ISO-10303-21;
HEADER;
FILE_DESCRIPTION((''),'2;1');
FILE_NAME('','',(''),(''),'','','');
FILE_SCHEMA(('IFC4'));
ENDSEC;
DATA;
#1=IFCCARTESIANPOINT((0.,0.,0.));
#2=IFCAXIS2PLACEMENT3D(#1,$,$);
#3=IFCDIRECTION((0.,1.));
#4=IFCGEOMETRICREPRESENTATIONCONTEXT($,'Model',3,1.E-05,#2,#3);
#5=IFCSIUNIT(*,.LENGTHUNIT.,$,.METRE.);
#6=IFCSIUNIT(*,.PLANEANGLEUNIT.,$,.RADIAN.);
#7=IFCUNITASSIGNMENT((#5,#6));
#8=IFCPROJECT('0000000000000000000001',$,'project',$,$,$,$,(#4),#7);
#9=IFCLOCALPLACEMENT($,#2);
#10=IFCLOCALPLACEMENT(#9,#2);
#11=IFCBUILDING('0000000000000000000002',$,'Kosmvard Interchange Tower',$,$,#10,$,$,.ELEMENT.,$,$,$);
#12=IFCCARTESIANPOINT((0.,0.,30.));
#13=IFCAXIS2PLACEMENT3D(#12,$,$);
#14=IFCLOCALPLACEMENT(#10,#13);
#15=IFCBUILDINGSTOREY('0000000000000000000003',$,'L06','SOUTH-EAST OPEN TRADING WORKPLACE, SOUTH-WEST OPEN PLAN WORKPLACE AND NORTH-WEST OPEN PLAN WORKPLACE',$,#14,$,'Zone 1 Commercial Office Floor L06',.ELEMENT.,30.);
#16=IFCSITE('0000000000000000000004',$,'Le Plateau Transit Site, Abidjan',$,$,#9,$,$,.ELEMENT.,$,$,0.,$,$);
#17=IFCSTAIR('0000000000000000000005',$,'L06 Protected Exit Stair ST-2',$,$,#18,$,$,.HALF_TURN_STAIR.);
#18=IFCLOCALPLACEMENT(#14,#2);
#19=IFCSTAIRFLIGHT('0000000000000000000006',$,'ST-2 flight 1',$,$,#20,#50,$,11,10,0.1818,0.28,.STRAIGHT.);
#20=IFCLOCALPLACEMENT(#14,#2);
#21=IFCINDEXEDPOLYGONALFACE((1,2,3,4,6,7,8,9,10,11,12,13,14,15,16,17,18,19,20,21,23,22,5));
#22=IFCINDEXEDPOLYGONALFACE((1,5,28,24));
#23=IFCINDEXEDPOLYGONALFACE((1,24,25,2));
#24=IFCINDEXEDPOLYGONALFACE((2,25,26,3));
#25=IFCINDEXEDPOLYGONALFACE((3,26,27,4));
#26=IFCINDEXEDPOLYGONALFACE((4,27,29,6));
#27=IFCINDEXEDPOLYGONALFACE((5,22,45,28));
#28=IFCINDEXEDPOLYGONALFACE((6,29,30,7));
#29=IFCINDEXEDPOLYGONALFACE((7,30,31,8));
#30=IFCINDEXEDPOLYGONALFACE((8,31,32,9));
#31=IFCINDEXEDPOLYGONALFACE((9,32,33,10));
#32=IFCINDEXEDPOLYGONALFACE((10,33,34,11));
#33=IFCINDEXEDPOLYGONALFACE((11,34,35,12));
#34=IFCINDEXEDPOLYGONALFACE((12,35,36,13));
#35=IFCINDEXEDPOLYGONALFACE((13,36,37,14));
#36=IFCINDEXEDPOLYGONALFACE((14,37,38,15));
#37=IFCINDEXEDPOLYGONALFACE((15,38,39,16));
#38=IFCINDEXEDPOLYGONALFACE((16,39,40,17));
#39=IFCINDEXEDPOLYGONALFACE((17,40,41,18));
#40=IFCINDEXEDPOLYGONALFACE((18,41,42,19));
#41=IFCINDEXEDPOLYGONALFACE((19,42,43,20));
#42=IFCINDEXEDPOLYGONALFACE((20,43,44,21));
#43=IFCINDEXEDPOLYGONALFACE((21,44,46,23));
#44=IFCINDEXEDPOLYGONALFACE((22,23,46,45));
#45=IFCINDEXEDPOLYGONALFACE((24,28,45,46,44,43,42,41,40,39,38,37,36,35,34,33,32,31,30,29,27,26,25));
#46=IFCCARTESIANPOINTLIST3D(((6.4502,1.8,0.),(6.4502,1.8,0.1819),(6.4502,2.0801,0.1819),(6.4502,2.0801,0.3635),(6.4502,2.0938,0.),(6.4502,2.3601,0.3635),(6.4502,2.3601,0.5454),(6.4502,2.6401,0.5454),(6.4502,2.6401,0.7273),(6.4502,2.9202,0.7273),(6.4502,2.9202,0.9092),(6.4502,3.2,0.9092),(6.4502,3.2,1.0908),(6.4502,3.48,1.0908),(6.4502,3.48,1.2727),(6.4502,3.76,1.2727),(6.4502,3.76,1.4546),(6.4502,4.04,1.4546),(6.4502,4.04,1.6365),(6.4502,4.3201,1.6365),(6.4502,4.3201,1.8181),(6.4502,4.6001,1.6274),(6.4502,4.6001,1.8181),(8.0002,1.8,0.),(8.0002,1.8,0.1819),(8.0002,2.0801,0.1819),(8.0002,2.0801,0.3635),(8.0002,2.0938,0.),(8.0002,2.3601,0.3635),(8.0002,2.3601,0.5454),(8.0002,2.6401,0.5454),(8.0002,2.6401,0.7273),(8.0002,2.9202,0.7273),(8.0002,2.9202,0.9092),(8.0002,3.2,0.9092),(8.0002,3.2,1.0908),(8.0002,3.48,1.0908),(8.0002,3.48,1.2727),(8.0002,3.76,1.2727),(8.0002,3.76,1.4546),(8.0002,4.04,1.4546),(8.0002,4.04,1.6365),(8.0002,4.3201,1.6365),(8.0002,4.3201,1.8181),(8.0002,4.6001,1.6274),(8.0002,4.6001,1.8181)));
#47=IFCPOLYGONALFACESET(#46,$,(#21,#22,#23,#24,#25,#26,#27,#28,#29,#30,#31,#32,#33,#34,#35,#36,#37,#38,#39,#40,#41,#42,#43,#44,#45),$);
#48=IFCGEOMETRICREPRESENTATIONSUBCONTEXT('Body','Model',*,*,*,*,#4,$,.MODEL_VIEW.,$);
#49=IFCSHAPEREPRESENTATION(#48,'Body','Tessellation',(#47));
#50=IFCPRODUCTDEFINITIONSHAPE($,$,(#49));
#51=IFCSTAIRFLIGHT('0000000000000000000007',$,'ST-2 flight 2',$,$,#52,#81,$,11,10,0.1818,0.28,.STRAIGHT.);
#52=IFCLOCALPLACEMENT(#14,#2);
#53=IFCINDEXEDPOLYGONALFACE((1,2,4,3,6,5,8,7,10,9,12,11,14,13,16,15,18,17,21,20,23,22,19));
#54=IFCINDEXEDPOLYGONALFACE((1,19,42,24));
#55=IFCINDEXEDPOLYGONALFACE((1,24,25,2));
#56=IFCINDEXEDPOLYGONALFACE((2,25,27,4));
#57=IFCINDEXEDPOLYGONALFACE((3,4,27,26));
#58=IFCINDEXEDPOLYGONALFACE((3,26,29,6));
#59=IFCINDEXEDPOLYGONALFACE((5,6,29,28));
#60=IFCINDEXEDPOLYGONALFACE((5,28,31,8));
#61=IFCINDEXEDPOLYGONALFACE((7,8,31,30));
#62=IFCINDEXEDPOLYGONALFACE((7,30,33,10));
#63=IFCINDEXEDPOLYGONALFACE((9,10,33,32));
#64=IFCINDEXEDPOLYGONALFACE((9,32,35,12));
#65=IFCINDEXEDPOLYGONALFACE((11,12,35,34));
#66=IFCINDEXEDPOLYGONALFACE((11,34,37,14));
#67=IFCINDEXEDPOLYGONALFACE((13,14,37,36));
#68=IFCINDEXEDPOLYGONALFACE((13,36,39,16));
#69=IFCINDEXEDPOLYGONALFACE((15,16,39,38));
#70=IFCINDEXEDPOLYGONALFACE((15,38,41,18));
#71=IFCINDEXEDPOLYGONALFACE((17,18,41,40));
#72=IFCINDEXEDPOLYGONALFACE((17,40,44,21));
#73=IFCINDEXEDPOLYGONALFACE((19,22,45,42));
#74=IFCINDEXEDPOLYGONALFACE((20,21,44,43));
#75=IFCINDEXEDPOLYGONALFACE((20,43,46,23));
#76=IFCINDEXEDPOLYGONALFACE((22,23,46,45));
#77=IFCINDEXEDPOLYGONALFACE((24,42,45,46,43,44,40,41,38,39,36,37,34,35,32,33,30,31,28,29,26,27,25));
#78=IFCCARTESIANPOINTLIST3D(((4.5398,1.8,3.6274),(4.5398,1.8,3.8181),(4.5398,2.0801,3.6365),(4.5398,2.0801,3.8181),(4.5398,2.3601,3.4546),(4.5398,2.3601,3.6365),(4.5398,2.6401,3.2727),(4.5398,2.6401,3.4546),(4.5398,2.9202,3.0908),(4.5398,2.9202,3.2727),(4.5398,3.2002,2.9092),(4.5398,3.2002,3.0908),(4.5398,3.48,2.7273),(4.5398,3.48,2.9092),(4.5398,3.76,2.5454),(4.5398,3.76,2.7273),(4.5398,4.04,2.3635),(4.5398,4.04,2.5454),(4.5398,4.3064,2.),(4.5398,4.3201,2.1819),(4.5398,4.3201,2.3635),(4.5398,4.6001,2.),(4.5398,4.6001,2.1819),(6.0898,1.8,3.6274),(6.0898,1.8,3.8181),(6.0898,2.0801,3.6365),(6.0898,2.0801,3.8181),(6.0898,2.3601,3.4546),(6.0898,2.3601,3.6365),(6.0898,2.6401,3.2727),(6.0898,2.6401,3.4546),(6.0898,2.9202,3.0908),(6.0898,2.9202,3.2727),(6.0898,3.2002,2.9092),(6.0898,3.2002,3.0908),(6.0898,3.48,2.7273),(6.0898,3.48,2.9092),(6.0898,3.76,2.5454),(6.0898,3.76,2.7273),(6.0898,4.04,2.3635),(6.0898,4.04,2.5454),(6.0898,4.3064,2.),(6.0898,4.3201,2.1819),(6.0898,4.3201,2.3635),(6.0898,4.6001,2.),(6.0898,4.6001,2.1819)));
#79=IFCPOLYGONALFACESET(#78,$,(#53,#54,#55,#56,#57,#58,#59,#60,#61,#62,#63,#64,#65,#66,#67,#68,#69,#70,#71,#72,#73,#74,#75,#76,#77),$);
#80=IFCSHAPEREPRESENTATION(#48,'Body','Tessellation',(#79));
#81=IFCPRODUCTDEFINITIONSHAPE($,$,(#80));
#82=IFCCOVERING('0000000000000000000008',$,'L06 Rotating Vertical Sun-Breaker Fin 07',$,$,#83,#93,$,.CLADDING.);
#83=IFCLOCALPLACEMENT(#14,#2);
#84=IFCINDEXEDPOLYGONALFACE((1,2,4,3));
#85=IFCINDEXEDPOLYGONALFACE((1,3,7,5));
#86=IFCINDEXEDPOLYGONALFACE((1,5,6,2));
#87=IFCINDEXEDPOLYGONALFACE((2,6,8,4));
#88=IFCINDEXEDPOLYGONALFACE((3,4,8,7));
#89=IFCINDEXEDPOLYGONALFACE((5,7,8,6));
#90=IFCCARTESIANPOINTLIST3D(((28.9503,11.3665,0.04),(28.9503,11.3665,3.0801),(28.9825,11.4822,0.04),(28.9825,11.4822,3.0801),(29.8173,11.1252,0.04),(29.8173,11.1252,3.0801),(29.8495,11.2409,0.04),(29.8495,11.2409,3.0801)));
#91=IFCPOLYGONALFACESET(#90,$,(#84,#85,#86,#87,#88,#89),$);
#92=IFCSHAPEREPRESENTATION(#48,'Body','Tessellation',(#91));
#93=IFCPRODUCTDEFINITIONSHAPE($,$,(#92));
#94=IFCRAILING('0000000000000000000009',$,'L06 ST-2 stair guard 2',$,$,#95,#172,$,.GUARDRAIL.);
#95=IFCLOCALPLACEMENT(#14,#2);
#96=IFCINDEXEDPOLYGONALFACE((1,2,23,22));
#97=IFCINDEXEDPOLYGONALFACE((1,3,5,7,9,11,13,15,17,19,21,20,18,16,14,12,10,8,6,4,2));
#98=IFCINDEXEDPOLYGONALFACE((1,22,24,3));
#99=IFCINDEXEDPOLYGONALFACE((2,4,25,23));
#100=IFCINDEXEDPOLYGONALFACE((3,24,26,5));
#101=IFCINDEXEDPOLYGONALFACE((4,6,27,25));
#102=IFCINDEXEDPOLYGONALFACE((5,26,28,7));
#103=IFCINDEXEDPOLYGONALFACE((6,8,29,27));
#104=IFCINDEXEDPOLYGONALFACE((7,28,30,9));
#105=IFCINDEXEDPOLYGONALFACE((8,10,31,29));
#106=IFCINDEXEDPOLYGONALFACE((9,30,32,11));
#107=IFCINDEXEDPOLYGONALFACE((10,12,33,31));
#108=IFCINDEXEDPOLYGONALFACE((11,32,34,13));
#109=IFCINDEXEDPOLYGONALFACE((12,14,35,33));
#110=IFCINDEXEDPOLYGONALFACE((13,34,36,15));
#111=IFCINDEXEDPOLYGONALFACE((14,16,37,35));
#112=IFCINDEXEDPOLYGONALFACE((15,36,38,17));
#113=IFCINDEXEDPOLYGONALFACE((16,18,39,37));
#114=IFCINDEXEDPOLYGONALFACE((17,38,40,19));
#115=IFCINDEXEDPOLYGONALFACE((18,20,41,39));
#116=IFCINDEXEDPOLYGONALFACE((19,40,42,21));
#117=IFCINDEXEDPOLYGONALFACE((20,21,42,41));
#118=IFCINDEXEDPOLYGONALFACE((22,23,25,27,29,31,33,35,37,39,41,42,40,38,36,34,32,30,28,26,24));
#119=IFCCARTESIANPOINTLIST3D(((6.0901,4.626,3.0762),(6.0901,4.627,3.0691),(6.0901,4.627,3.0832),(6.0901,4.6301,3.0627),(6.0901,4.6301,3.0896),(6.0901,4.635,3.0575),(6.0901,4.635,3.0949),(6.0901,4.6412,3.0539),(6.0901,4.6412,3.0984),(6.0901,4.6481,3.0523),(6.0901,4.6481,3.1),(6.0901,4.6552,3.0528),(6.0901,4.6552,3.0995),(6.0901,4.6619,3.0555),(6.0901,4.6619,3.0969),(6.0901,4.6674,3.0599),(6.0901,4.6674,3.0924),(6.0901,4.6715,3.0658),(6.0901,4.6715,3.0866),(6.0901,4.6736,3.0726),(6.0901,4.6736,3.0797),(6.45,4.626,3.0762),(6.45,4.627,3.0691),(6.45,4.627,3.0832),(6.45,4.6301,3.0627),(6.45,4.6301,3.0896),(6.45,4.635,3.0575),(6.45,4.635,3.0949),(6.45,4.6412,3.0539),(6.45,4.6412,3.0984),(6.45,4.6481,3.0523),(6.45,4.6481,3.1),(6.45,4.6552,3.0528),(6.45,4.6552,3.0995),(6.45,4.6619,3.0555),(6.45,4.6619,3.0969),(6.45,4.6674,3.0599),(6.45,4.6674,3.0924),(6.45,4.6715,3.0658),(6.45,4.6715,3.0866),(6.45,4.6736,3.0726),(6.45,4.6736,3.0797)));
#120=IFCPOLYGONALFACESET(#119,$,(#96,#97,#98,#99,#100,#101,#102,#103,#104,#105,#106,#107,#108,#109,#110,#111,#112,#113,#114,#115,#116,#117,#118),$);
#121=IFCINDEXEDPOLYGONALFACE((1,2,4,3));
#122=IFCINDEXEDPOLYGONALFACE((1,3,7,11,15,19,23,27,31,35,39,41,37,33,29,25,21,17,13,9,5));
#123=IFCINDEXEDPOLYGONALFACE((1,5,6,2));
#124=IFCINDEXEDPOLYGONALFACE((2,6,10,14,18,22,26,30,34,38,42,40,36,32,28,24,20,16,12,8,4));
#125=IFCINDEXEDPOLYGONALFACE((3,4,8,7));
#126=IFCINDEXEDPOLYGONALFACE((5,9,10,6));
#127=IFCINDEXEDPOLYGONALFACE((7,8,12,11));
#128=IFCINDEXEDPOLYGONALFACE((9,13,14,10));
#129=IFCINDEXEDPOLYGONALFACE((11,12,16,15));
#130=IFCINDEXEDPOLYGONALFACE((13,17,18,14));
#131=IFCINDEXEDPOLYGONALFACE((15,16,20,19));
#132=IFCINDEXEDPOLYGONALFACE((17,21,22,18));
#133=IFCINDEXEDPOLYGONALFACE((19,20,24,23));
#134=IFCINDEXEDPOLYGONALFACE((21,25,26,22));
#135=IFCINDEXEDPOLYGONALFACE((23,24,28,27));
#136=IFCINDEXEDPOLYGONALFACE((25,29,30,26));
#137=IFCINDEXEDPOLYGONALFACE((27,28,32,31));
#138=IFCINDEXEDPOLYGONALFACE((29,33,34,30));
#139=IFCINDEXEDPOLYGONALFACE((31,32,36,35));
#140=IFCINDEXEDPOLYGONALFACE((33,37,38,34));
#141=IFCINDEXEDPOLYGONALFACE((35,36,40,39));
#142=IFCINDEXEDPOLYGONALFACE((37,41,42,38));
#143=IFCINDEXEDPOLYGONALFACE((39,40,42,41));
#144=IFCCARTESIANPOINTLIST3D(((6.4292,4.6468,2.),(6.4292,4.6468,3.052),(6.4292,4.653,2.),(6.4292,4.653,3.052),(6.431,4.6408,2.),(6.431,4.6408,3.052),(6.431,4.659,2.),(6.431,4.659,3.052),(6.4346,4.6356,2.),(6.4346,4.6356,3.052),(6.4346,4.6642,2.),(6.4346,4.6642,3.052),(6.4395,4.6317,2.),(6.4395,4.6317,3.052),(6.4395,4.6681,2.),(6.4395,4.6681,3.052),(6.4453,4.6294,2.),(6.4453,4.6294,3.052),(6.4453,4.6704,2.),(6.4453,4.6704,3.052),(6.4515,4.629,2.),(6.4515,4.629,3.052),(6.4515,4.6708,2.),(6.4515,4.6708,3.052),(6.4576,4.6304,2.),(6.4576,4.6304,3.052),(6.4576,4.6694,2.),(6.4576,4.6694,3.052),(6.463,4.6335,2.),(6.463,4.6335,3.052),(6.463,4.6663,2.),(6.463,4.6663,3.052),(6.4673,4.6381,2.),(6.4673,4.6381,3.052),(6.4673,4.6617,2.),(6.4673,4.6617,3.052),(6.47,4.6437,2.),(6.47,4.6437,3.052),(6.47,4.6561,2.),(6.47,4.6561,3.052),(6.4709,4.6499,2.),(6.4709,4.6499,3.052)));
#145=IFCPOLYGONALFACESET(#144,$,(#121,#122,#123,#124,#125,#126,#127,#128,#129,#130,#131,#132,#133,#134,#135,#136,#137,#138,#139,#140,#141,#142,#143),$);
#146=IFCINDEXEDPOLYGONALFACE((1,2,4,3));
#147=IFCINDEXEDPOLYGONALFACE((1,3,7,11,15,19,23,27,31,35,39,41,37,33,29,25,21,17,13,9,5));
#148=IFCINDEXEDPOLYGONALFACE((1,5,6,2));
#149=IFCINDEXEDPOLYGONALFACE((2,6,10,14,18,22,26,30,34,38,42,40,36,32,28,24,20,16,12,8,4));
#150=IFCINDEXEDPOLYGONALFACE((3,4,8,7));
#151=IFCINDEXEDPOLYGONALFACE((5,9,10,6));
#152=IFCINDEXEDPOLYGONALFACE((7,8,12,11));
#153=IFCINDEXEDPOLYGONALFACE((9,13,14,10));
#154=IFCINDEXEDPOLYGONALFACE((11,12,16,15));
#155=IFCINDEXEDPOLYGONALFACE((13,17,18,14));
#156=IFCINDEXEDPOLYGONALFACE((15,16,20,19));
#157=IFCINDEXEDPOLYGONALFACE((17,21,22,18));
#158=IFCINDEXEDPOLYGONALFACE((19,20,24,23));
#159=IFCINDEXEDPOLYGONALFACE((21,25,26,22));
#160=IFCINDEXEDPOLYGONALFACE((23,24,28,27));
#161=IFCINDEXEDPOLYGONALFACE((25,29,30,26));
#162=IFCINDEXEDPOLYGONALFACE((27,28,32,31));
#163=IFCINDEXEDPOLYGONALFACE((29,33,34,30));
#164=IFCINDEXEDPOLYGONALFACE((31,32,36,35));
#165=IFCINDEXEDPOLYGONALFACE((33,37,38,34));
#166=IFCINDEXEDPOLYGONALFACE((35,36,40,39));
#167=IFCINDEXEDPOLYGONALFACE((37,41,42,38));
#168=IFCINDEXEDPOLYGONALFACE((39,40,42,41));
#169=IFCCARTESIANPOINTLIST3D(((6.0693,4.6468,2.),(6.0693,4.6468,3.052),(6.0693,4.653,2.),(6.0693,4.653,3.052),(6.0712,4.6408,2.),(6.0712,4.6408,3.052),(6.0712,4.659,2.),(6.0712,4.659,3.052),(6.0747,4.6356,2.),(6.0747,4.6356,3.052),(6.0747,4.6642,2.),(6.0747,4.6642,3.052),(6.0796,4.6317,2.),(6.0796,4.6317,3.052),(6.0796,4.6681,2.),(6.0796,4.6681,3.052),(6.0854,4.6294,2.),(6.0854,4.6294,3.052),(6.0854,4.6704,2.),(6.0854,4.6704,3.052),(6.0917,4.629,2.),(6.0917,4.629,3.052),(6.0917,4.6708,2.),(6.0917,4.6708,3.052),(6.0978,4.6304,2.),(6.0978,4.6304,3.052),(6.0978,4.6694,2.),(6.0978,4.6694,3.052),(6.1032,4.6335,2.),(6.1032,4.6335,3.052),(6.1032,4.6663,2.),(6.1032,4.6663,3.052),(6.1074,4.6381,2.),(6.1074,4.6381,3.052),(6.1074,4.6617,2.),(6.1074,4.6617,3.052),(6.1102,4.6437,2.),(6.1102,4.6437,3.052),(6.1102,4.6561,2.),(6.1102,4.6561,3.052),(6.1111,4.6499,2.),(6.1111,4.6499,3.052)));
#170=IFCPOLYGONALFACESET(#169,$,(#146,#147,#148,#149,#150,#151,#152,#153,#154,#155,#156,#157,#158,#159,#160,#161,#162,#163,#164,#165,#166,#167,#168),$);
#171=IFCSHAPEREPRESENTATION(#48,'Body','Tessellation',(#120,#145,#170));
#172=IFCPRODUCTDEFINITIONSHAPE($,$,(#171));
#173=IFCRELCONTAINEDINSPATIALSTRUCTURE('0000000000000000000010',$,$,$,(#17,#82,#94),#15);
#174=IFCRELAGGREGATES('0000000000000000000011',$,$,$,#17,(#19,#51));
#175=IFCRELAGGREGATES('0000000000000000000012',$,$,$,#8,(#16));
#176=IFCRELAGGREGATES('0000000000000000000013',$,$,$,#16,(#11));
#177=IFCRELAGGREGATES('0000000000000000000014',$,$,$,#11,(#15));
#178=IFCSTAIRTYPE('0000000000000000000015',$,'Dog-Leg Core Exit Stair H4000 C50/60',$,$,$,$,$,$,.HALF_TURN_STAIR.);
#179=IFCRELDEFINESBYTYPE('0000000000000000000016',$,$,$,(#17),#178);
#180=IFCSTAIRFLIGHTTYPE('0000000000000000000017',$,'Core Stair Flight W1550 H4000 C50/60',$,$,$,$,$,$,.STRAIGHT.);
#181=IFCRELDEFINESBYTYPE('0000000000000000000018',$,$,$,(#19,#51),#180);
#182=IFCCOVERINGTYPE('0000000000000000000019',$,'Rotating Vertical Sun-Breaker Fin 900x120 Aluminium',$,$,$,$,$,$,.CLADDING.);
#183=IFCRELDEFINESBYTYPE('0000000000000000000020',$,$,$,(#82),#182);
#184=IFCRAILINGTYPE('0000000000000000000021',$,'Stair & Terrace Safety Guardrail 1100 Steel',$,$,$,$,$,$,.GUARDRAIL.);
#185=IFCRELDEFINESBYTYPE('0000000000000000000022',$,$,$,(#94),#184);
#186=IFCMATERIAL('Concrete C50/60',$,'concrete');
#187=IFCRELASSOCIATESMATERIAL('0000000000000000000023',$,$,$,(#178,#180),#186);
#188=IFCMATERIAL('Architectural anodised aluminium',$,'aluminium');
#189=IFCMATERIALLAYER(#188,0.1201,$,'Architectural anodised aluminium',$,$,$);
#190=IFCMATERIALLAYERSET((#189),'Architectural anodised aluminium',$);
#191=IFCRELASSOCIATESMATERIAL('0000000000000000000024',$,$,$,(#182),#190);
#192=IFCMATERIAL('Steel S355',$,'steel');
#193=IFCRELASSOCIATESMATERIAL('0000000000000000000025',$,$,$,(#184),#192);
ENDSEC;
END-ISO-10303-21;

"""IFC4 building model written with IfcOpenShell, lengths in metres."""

from ifc_helpers import new_model, si_unit, direction, frame, origin, origin_2d, place, context, subcontext, project, spatial, polyline, rectangle, circle, outline, extrude, source, transform, mapped, material, layer, layer_set, type_object, element, aggregate, save


model = new_model("IFC4")

# Units and contexts
model_context = context("Model", 3, precision=1e-05, world=origin(), true_north=direction((0.0, 1.0)))
body_context = subcontext(model_context, "Body", "Model", "MODEL_VIEW")
ifc_project = project(units=[si_unit("LENGTHUNIT", "METRE"), si_unit("PLANEANGLEUNIT", "RADIAN")], contexts=[model_context])

# Site, building, storey
site_placement = place(None, origin())
site = spatial("IfcSite", under=ifc_project, at=site_placement, Name="Le Plateau Transit Site, Abidjan", CompositionType="ELEMENT", RefElevation=0.0)
building_placement = place(site_placement, origin())
building = spatial("IfcBuilding", under=site, at=building_placement, Name="Kosmvard Interchange Tower", CompositionType="ELEMENT")
storey_placement = place(building_placement, frame((0.0, 0.0, 30.0)))
storey = spatial("IfcBuildingStorey", under=building, at=storey_placement, Name="L06", Description="SOUTH-EAST OPEN TRADING WORKPLACE, SOUTH-WEST OPEN PLAN WORKPLACE AND NORTH-WEST OPEN PLAN WORKPLACE", LongName="Zone 1 Commercial Office Floor L06", CompositionType="ELEMENT", Elevation=30.0)

# Shared definitions
ifc_material_1 = material(Name="Steel S355", Category="steel")

# Stair, stair flights
ifc_material_2 = material(Name="Concrete C50/60", Category="concrete")
stair_type = type_object("IfcStairType", Name="Dog-Leg Core Exit Stair H4000 C50/60", PredefinedType="HALF_TURN_STAIR", material=ifc_material_2)
stair_placement = place(storey_placement, origin())
stair = element("IfcStair", 1, at=stair_placement, inside=storey, type_object=stair_type, Name="L06 Protected Exit Stair ST-2", PredefinedType="HALF_TURN_STAIR")
stair_flight_type = type_object("IfcStairFlightType", Name="Core Stair Flight W1550 H4000 C50/60", PredefinedType="STRAIGHT", material=ifc_material_2)
shared_shape_1 = source(origin(), body_context, "Body", "SweptSolid", [
    extrude(outline(polyline([(0.0, 0.0), (0.0, 0.1819), (0.28, 0.1819), (0.28, 0.3635), (0.5601, 0.3635), (0.5601, 0.5454), (0.8401, 0.5454), (0.8401, 0.7273), (1.1201, 0.7273), (1.1201, 0.9092), (1.3999, 0.9092), (1.3999, 1.0908), (1.6799, 1.0908), (1.6799, 1.2727), (1.96, 1.2727), (1.96, 1.4546), (2.24, 1.4546), (2.24, 1.6365), (2.52, 1.6365), (2.52, 1.8181), (2.8, 1.8181), (2.8, 2.0), (2.8, 1.6274), (0.2937, 0.0), (0.0, 0.0)])), frame((0.0, 0.7749, 0.0), z_axis=(0.0, -1.0, 0.0), x_axis=(1.0, 0.0, 0.0)), (0.0, 0.0, 1.0), 1.55),
])
stair_flight_1_placement = place(storey_placement, frame((7.2251, 1.8, 0.0), z_axis=(0.0, 0.0, 1.0), x_axis=(0.0, 1.0, 0.0)))
stair_flight_1 = element("IfcStairFlight", 2, at=stair_flight_1_placement, type_object=stair_flight_type, Name="ST-2 flight 1", NumberOfRisers=11, NumberOfTreads=10, PredefinedType="STRAIGHT", RiserHeight=0.1818, TreadLength=0.28, context=body_context, shape_type="MappedRepresentation", body=[
    mapped(shared_shape_1, transform((0.0, 0.0, 0.0), scale=1.0)),
])
stair_flight_2_placement = place(storey_placement, frame((5.3149, 4.6001, 2.0), z_axis=(0.0, 0.0, 1.0), x_axis=(0.0, -1.0, 0.0)))
stair_flight_2 = element("IfcStairFlight", 3, at=stair_flight_2_placement, type_object=stair_flight_type, Name="ST-2 flight 2", NumberOfRisers=11, NumberOfTreads=10, PredefinedType="STRAIGHT", RiserHeight=0.1818, TreadLength=0.28, context=body_context, shape_type="MappedRepresentation", body=[
    mapped(shared_shape_1, transform((0.0, 0.0, 0.0), scale=1.0)),
])
aggregate(stair, [stair_flight_1, stair_flight_2])

# Covering
ifc_material_3 = material(Name="Architectural anodised aluminium", Category="aluminium")
ifc_layer_1 = layer(ifc_material_3, 0.1201, Name="Architectural anodised aluminium")
ifc_layer_set_1 = layer_set([ifc_layer_1], Name="Architectural anodised aluminium")
covering_type = type_object("IfcCoveringType", Name="Rotating Vertical Sun-Breaker Fin 900x120 Aluminium", PredefinedType="CLADDING", material=ifc_layer_set_1)
shared_shape_2 = source(origin(), body_context, "Body", "SweptSolid", [
    extrude(rectangle(XDim=0.8999, YDim=0.1201, at=origin_2d()), origin(), (0.0, 0.0, 1.0), 3.04),
])
covering_placement = place(storey_placement, frame((29.3999, 11.3037, 0.04), z_axis=(0.0, 0.0, 1.0), x_axis=(0.963397, -0.268079, 0.0)))
element("IfcCovering", 4, at=covering_placement, inside=storey, type_object=covering_type, Name="L06 Rotating Vertical Sun-Breaker Fin 07", PredefinedType="CLADDING", context=body_context, shape_type="MappedRepresentation", body=[
    mapped(shared_shape_2, transform((0.0, 0.0, 0.0), scale=1.0)),
])

# Railing
railing_type_1 = type_object("IfcRailingType", Name="Stair & Terrace Safety Guardrail 1100 Steel", PredefinedType="GUARDRAIL", material=ifc_material_1)
shared_shape_3 = source(origin(), body_context, "Body", "SweptSolid", [
    extrude(circle(Radius=0.0239, at=origin_2d()), frame((0.0, 0.0, 1.0762), z_axis=(-1.0, 0.0, 0.0), x_axis=(0.0, -1.0, 0.0)), (0.0, 0.0, 1.0), 0.3599),
    extrude(circle(Radius=0.021, at=origin_2d()), origin(), (0.0, 0.0, 1.0), 1.052),
    extrude(circle(Radius=0.021, at=origin_2d()), frame((-0.3599, 0.0, 0.0)), (0.0, 0.0, 1.0), 1.052),
])
for number, where, name in (
    (5, (6.45, 4.6499, 2.0), "L06 ST-2 stair guard 2"),
):
    element("IfcRailing", number, at=place(storey_placement, frame(where)), inside=storey, type_object=railing_type_1, Name=name, PredefinedType="GUARDRAIL", context=body_context, shape_type="MappedRepresentation", body=[
        mapped(shared_shape_3, transform((0.0, 0.0, 0.0), scale=1.0)),
    ])

save(model, "model.ifc")
